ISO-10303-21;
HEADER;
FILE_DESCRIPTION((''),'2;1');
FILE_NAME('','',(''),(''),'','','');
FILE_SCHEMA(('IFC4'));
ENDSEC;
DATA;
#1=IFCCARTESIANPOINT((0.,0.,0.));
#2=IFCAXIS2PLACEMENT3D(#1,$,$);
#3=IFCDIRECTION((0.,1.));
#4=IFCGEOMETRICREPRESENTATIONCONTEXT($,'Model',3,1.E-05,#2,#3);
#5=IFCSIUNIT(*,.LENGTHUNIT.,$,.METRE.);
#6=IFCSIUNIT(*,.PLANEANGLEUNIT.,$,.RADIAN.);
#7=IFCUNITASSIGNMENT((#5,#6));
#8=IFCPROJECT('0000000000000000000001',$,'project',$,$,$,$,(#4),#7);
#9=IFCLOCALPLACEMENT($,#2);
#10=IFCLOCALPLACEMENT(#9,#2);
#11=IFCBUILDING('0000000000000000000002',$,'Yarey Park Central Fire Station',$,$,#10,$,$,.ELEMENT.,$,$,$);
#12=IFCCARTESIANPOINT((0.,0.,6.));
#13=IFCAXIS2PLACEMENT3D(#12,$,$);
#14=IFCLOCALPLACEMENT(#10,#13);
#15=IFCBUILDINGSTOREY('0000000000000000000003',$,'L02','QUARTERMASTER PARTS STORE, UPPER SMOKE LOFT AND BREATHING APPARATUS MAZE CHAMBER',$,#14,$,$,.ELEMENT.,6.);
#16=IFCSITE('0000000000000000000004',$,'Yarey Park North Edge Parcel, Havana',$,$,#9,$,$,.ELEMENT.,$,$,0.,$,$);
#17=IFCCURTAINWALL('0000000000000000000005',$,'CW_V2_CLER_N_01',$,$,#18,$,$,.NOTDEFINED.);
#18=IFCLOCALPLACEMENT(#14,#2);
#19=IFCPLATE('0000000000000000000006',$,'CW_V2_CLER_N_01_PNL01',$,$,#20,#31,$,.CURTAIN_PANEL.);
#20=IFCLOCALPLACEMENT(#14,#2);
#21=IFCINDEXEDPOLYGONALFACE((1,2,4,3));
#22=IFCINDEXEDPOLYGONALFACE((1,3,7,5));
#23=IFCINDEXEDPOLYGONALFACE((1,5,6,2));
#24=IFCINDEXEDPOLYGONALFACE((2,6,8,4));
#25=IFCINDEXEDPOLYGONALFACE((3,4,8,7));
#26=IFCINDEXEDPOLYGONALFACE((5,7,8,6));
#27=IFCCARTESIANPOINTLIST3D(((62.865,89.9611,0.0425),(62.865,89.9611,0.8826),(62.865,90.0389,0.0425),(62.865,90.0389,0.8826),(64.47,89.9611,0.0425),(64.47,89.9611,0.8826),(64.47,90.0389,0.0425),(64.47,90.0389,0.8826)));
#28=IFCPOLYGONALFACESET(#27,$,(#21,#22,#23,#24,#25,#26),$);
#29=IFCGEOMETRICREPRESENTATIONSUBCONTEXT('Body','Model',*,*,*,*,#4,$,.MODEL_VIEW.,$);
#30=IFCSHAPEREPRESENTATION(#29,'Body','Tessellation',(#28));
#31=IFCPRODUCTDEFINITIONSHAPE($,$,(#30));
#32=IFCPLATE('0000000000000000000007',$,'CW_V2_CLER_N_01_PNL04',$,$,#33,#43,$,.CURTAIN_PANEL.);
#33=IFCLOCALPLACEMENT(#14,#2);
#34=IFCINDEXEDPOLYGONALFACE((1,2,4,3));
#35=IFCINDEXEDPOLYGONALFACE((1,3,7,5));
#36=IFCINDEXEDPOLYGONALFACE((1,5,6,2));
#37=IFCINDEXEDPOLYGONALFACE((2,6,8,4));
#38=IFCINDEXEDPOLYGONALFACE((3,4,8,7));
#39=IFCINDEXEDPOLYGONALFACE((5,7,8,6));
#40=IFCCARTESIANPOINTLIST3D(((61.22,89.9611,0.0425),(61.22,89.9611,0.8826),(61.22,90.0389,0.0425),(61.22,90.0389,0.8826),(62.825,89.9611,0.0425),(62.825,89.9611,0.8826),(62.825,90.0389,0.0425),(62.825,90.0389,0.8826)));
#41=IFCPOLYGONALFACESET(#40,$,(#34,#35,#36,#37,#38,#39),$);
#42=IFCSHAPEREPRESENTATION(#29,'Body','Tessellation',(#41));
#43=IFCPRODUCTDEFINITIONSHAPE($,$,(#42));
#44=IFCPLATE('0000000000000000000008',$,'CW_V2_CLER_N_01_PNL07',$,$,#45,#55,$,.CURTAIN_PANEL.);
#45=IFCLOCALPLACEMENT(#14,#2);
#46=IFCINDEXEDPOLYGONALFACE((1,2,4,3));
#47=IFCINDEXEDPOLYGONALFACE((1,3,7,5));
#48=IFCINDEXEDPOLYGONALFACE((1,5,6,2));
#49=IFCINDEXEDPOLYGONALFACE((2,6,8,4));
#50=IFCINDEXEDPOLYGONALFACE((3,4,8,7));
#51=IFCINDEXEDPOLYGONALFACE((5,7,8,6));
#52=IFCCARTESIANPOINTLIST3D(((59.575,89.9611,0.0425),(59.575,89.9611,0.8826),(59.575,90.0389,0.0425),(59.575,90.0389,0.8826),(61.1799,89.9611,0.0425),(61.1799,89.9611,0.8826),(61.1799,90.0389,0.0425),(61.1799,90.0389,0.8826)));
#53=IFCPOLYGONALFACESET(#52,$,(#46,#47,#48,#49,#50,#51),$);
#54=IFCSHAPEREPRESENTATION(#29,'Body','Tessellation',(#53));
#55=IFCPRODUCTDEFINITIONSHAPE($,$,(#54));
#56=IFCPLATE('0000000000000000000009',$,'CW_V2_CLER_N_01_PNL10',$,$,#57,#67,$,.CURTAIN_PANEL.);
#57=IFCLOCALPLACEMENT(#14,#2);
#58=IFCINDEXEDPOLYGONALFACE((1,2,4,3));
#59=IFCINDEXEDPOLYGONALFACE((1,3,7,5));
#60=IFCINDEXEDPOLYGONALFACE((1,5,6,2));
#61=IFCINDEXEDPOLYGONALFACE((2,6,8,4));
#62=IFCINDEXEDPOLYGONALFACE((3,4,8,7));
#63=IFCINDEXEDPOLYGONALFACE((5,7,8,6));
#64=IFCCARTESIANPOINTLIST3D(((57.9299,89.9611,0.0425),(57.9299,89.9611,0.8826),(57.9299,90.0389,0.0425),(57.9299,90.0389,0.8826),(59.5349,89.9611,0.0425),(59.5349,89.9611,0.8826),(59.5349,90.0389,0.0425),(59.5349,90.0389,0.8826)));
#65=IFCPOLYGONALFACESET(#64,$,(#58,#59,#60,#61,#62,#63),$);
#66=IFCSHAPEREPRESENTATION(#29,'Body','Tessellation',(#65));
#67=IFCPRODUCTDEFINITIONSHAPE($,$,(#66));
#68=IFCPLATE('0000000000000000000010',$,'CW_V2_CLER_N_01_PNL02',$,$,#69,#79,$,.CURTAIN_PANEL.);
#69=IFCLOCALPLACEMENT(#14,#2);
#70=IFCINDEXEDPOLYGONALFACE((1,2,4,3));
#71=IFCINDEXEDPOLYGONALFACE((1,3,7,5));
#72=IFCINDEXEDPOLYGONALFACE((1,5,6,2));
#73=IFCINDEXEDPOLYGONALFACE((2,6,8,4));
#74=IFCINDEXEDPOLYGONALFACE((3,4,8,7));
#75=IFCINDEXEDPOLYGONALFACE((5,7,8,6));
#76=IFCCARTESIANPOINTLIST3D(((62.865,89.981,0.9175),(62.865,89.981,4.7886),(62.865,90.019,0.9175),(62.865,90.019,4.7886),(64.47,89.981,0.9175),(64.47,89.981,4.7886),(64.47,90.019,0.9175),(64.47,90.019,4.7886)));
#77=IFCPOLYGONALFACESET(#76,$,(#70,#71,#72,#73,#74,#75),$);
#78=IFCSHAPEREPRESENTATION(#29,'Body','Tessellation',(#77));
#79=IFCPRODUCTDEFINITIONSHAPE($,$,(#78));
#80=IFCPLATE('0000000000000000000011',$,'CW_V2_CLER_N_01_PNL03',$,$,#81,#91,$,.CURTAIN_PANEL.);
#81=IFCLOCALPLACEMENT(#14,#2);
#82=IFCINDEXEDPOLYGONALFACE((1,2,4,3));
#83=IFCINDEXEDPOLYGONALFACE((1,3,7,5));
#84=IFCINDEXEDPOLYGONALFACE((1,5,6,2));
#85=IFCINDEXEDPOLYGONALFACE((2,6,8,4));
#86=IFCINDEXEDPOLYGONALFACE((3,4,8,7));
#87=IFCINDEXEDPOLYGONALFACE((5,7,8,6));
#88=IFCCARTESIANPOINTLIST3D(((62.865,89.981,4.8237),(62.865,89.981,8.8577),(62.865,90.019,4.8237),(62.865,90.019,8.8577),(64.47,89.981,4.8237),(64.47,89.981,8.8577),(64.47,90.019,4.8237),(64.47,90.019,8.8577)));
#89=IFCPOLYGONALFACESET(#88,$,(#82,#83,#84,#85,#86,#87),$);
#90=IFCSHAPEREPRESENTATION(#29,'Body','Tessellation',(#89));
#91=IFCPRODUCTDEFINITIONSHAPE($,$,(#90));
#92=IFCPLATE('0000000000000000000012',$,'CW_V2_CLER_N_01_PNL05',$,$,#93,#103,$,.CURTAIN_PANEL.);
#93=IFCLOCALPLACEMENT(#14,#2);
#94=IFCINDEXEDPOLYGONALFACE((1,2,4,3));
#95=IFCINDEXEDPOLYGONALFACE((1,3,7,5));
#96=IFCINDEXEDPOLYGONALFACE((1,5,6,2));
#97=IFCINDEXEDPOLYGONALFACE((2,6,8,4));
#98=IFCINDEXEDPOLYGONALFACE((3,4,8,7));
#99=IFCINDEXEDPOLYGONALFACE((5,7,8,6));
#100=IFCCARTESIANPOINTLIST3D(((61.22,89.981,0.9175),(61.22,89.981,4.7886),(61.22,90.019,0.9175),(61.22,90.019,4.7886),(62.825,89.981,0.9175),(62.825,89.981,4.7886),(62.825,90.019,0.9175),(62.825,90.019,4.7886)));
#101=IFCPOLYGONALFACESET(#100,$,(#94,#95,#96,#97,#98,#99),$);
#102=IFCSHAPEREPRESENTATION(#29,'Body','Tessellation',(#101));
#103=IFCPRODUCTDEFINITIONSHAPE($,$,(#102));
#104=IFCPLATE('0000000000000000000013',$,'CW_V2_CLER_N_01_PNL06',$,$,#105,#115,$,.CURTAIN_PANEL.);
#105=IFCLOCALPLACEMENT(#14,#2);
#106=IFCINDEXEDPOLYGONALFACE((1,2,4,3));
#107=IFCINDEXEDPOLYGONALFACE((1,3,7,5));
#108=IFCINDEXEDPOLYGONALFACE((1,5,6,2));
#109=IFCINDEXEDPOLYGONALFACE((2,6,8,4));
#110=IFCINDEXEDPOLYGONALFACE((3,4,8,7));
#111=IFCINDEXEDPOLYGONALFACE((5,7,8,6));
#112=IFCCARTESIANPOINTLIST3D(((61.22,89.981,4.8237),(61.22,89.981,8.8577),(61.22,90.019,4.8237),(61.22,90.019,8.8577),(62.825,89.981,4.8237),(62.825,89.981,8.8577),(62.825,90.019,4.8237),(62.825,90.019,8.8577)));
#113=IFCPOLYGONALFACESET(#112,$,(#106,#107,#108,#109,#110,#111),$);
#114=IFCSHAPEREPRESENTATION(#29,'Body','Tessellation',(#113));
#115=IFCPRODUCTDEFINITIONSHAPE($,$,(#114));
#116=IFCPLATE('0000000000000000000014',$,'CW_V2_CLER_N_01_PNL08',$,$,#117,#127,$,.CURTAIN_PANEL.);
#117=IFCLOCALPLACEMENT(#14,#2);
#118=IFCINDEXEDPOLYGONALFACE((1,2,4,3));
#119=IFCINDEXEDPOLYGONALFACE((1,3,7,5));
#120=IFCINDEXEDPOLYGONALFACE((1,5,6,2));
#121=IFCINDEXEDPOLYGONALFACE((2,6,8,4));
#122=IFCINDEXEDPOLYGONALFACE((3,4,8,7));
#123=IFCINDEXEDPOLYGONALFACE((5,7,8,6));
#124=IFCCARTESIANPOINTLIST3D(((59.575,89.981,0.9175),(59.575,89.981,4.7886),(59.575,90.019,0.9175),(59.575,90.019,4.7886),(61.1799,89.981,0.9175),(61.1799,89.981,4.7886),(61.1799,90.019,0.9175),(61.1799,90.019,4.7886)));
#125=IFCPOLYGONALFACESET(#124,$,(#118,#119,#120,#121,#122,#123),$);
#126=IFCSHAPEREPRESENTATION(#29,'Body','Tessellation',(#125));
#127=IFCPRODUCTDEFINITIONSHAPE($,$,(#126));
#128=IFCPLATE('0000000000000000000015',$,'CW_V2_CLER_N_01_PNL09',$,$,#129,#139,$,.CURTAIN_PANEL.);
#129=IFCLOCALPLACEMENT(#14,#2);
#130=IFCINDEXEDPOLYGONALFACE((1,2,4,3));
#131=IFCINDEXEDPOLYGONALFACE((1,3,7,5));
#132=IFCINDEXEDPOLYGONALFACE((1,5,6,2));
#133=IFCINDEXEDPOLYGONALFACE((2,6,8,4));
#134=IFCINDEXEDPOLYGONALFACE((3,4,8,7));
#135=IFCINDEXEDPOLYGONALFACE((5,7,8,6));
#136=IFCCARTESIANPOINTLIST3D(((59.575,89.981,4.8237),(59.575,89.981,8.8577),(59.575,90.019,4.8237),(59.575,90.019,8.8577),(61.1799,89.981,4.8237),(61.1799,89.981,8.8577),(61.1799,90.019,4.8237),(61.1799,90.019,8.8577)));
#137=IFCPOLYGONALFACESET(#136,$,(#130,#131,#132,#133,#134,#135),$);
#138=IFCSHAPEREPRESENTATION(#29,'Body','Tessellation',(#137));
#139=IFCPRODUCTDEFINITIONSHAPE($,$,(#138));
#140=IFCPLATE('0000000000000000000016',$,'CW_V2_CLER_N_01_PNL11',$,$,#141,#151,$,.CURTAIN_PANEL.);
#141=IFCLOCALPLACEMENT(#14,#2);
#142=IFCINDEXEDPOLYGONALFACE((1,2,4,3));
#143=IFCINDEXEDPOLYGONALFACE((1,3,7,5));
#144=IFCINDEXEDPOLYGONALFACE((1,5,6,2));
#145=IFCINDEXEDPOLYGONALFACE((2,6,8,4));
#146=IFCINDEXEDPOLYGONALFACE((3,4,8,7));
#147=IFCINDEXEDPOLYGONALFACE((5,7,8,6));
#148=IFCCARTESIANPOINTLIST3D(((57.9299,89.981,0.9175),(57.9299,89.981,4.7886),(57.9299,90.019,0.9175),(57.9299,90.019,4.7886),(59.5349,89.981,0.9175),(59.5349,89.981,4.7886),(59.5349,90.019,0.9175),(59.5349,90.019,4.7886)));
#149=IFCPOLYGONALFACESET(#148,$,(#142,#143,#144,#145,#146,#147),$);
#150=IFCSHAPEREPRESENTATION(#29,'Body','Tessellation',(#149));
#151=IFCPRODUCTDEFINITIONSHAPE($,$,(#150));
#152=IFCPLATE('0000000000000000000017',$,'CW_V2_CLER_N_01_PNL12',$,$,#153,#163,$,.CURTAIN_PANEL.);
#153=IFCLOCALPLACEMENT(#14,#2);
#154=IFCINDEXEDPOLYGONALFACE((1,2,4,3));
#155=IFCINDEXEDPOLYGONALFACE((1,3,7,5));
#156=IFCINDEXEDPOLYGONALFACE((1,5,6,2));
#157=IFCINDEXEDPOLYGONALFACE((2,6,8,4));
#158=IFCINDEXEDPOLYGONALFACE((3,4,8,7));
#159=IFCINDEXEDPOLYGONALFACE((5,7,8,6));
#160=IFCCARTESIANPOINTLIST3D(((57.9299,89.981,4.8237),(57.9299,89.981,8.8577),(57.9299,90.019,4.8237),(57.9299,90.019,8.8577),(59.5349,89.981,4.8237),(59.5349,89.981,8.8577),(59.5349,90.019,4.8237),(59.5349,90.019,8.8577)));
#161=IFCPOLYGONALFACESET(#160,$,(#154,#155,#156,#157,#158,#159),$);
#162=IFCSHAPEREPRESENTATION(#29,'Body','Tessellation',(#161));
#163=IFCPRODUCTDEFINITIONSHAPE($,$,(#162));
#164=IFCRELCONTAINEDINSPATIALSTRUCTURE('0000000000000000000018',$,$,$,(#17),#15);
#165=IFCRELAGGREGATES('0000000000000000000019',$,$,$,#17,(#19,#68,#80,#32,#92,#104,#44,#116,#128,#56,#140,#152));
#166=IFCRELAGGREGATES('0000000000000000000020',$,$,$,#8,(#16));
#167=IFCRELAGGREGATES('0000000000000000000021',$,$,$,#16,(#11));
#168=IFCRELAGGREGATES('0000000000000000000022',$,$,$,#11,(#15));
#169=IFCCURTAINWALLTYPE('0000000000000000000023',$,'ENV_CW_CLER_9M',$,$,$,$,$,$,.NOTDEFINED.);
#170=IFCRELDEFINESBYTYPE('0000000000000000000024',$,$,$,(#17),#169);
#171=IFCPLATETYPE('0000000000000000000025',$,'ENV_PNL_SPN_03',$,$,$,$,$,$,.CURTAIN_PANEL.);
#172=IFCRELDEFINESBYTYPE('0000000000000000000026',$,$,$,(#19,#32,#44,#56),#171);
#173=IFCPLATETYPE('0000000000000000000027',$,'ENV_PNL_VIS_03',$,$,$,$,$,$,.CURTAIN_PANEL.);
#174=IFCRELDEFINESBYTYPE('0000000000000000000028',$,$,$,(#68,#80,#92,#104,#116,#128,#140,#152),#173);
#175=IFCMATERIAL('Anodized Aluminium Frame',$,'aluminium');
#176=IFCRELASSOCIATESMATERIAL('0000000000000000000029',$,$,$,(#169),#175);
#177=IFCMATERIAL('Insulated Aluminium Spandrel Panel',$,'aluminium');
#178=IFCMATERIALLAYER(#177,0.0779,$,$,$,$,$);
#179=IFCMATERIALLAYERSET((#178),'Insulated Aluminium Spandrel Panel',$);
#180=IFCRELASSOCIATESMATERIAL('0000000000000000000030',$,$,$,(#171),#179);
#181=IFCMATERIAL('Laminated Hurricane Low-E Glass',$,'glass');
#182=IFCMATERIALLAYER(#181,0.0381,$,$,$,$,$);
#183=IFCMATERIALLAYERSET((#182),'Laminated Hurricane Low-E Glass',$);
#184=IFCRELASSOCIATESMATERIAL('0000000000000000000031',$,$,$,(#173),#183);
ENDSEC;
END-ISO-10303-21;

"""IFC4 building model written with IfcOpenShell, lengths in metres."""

from ifc_helpers import new_model, si_unit, direction, frame, origin, origin_2d, place, context, subcontext, project, spatial, rectangle, extrude, material, layer, layer_set, type_object, element, aggregate, save


model = new_model("IFC4")

# Units and contexts
model_context = context("Model", 3, precision=1e-05, world=origin(), true_north=direction((0.0, 1.0)))
body_context = subcontext(model_context, "Body", "Model", "MODEL_VIEW")
ifc_project = project(units=[si_unit("LENGTHUNIT", "METRE"), si_unit("PLANEANGLEUNIT", "RADIAN")], contexts=[model_context])

# Site, building, storey
site_placement = place(None, origin())
site = spatial("IfcSite", under=ifc_project, at=site_placement, Name="Yarey Park North Edge Parcel, Havana", CompositionType="ELEMENT", RefElevation=0.0)
building_placement = place(site_placement, origin())
building = spatial("IfcBuilding", under=site, at=building_placement, Name="Yarey Park Central Fire Station", CompositionType="ELEMENT")
storey_placement = place(building_placement, frame((0.0, 0.0, 6.0)))
storey = spatial("IfcBuildingStorey", under=building, at=storey_placement, Name="L02", Description="QUARTERMASTER PARTS STORE, UPPER SMOKE LOFT AND BREATHING APPARATUS MAZE CHAMBER", CompositionType="ELEMENT", Elevation=6.0)

# Curtain wall
ifc_material_1 = material(Name="Anodized Aluminium Frame", Category="aluminium")
curtain_wall_type = type_object("IfcCurtainWallType", Name="ENV_CW_CLER_9M", PredefinedType="NOTDEFINED", material=ifc_material_1)
curtain_wall_1_placement = place(storey_placement, origin())
curtain_wall_1 = element("IfcCurtainWall", 1, at=curtain_wall_1_placement, inside=storey, type_object=curtain_wall_type, Name="CW_V2_CLER_N_01", PredefinedType="NOTDEFINED")

# Plates
ifc_material_2 = material(Name="Insulated Aluminium Spandrel Panel", Category="aluminium")
ifc_layer_1 = layer(ifc_material_2, 0.0779)
ifc_layer_set_1 = layer_set([ifc_layer_1], Name="Insulated Aluminium Spandrel Panel")
plate_type_1 = type_object("IfcPlateType", Name="ENV_PNL_SPN_03", PredefinedType="CURTAIN_PANEL", material=ifc_layer_set_1)
plate_1_placement = place(storey_placement, frame((63.6675, 90.0, 0.0425), z_axis=(0.0, 0.0, 1.0), x_axis=(-1.0, 0.0, 0.0)))
plate_1 = element("IfcPlate", 2, at=plate_1_placement, type_object=plate_type_1, Name="CW_V2_CLER_N_01_PNL01", PredefinedType="CURTAIN_PANEL", context=body_context, shape_type="SweptSolid", body=[
    extrude(rectangle(XDim=1.605, YDim=0.0779, at=origin_2d()), origin(), (0.0, 0.0, 1.0), 0.8401),
])
plate_2_placement = place(storey_placement, frame((62.0225, 90.0, 0.0425), z_axis=(0.0, 0.0, 1.0), x_axis=(-1.0, 0.0, 0.0)))
plate_2 = element("IfcPlate", 3, at=plate_2_placement, type_object=plate_type_1, Name="CW_V2_CLER_N_01_PNL04", PredefinedType="CURTAIN_PANEL", context=body_context, shape_type="SweptSolid", body=[
    extrude(rectangle(XDim=1.605, YDim=0.0779, at=origin_2d()), origin(), (0.0, 0.0, 1.0), 0.8401),
])
plate_3_placement = place(storey_placement, frame((60.3774, 90.0, 0.0425), z_axis=(0.0, 0.0, 1.0), x_axis=(-1.0, 0.0, 0.0)))
plate_3 = element("IfcPlate", 4, at=plate_3_placement, type_object=plate_type_1, Name="CW_V2_CLER_N_01_PNL07", PredefinedType="CURTAIN_PANEL", context=body_context, shape_type="SweptSolid", body=[
    extrude(rectangle(XDim=1.605, YDim=0.0779, at=origin_2d()), origin(), (0.0, 0.0, 1.0), 0.8401),
])
plate_4_placement = place(storey_placement, frame((58.7324, 90.0, 0.0425), z_axis=(0.0, 0.0, 1.0), x_axis=(-1.0, 0.0, 0.0)))
plate_4 = element("IfcPlate", 5, at=plate_4_placement, type_object=plate_type_1, Name="CW_V2_CLER_N_01_PNL10", PredefinedType="CURTAIN_PANEL", context=body_context, shape_type="SweptSolid", body=[
    extrude(rectangle(XDim=1.605, YDim=0.0779, at=origin_2d()), origin(), (0.0, 0.0, 1.0), 0.8401),
])
ifc_material_3 = material(Name="Laminated Hurricane Low-E Glass", Category="glass")
ifc_layer_2 = layer(ifc_material_3, 0.0381)
ifc_layer_set_2 = layer_set([ifc_layer_2], Name="Laminated Hurricane Low-E Glass")
plate_type_2 = type_object("IfcPlateType", Name="ENV_PNL_VIS_03", PredefinedType="CURTAIN_PANEL", material=ifc_layer_set_2)
plate_5_placement = place(storey_placement, frame((63.6675, 90.0, 0.9175), z_axis=(0.0, 0.0, 1.0), x_axis=(-1.0, 0.0, 0.0)))
plate_5 = element("IfcPlate", 6, at=plate_5_placement, type_object=plate_type_2, Name="CW_V2_CLER_N_01_PNL02", PredefinedType="CURTAIN_PANEL", context=body_context, shape_type="SweptSolid", body=[
    extrude(rectangle(XDim=1.605, YDim=0.0381, at=origin_2d()), origin(), (0.0, 0.0, 1.0), 3.8711),
])
plate_6_placement = place(storey_placement, frame((63.6675, 90.0, 4.8237), z_axis=(0.0, 0.0, 1.0), x_axis=(-1.0, 0.0, 0.0)))
plate_6 = element("IfcPlate", 7, at=plate_6_placement, type_object=plate_type_2, Name="CW_V2_CLER_N_01_PNL03", PredefinedType="CURTAIN_PANEL", context=body_context, shape_type="SweptSolid", body=[
    extrude(rectangle(XDim=1.605, YDim=0.0381, at=origin_2d()), origin(), (0.0, 0.0, 1.0), 4.0339),
])
plate_7_placement = place(storey_placement, frame((62.0225, 90.0, 0.9175), z_axis=(0.0, 0.0, 1.0), x_axis=(-1.0, 0.0, 0.0)))
plate_7 = element("IfcPlate", 8, at=plate_7_placement, type_object=plate_type_2, Name="CW_V2_CLER_N_01_PNL05", PredefinedType="CURTAIN_PANEL", context=body_context, shape_type="SweptSolid", body=[
    extrude(rectangle(XDim=1.605, YDim=0.0381, at=origin_2d()), origin(), (0.0, 0.0, 1.0), 3.8711),
])
plate_8_placement = place(storey_placement, frame((62.0225, 90.0, 4.8237), z_axis=(0.0, 0.0, 1.0), x_axis=(-1.0, 0.0, 0.0)))
plate_8 = element("IfcPlate", 9, at=plate_8_placement, type_object=plate_type_2, Name="CW_V2_CLER_N_01_PNL06", PredefinedType="CURTAIN_PANEL", context=body_context, shape_type="SweptSolid", body=[
    extrude(rectangle(XDim=1.605, YDim=0.0381, at=origin_2d()), origin(), (0.0, 0.0, 1.0), 4.0339),
])
plate_9_placement = place(storey_placement, frame((60.3774, 90.0, 0.9175), z_axis=(0.0, 0.0, 1.0), x_axis=(-1.0, 0.0, 0.0)))
plate_9 = element("IfcPlate", 10, at=plate_9_placement, type_object=plate_type_2, Name="CW_V2_CLER_N_01_PNL08", PredefinedType="CURTAIN_PANEL", context=body_context, shape_type="SweptSolid", body=[
    extrude(rectangle(XDim=1.605, YDim=0.0381, at=origin_2d()), origin(), (0.0, 0.0, 1.0), 3.8711),
])
plate_10_placement = place(storey_placement, frame((60.3774, 90.0, 4.8237), z_axis=(0.0, 0.0, 1.0), x_axis=(-1.0, 0.0, 0.0)))
plate_10 = element("IfcPlate", 11, at=plate_10_placement, type_object=plate_type_2, Name="CW_V2_CLER_N_01_PNL09", PredefinedType="CURTAIN_PANEL", context=body_context, shape_type="SweptSolid", body=[
    extrude(rectangle(XDim=1.605, YDim=0.0381, at=origin_2d()), origin(), (0.0, 0.0, 1.0), 4.0339),
])
plate_11_placement = place(storey_placement, frame((58.7324, 90.0, 0.9175), z_axis=(0.0, 0.0, 1.0), x_axis=(-1.0, 0.0, 0.0)))
plate_11 = element("IfcPlate", 12, at=plate_11_placement, type_object=plate_type_2, Name="CW_V2_CLER_N_01_PNL11", PredefinedType="CURTAIN_PANEL", context=body_context, shape_type="SweptSolid", body=[
    extrude(rectangle(XDim=1.605, YDim=0.0381, at=origin_2d()), origin(), (0.0, 0.0, 1.0), 3.8711),
])
plate_12_placement = place(storey_placement, frame((58.7324, 90.0, 4.8237), z_axis=(0.0, 0.0, 1.0), x_axis=(-1.0, 0.0, 0.0)))
plate_12 = element("IfcPlate", 13, at=plate_12_placement, type_object=plate_type_2, Name="CW_V2_CLER_N_01_PNL12", PredefinedType="CURTAIN_PANEL", context=body_context, shape_type="SweptSolid", body=[
    extrude(rectangle(XDim=1.605, YDim=0.0381, at=origin_2d()), origin(), (0.0, 0.0, 1.0), 4.0339),
])
aggregate(curtain_wall_1, [plate_1, plate_5, plate_6, plate_2, plate_7, plate_8, plate_3, plate_9, plate_10, plate_4, plate_11, plate_12])

save(model, "model.ifc")
